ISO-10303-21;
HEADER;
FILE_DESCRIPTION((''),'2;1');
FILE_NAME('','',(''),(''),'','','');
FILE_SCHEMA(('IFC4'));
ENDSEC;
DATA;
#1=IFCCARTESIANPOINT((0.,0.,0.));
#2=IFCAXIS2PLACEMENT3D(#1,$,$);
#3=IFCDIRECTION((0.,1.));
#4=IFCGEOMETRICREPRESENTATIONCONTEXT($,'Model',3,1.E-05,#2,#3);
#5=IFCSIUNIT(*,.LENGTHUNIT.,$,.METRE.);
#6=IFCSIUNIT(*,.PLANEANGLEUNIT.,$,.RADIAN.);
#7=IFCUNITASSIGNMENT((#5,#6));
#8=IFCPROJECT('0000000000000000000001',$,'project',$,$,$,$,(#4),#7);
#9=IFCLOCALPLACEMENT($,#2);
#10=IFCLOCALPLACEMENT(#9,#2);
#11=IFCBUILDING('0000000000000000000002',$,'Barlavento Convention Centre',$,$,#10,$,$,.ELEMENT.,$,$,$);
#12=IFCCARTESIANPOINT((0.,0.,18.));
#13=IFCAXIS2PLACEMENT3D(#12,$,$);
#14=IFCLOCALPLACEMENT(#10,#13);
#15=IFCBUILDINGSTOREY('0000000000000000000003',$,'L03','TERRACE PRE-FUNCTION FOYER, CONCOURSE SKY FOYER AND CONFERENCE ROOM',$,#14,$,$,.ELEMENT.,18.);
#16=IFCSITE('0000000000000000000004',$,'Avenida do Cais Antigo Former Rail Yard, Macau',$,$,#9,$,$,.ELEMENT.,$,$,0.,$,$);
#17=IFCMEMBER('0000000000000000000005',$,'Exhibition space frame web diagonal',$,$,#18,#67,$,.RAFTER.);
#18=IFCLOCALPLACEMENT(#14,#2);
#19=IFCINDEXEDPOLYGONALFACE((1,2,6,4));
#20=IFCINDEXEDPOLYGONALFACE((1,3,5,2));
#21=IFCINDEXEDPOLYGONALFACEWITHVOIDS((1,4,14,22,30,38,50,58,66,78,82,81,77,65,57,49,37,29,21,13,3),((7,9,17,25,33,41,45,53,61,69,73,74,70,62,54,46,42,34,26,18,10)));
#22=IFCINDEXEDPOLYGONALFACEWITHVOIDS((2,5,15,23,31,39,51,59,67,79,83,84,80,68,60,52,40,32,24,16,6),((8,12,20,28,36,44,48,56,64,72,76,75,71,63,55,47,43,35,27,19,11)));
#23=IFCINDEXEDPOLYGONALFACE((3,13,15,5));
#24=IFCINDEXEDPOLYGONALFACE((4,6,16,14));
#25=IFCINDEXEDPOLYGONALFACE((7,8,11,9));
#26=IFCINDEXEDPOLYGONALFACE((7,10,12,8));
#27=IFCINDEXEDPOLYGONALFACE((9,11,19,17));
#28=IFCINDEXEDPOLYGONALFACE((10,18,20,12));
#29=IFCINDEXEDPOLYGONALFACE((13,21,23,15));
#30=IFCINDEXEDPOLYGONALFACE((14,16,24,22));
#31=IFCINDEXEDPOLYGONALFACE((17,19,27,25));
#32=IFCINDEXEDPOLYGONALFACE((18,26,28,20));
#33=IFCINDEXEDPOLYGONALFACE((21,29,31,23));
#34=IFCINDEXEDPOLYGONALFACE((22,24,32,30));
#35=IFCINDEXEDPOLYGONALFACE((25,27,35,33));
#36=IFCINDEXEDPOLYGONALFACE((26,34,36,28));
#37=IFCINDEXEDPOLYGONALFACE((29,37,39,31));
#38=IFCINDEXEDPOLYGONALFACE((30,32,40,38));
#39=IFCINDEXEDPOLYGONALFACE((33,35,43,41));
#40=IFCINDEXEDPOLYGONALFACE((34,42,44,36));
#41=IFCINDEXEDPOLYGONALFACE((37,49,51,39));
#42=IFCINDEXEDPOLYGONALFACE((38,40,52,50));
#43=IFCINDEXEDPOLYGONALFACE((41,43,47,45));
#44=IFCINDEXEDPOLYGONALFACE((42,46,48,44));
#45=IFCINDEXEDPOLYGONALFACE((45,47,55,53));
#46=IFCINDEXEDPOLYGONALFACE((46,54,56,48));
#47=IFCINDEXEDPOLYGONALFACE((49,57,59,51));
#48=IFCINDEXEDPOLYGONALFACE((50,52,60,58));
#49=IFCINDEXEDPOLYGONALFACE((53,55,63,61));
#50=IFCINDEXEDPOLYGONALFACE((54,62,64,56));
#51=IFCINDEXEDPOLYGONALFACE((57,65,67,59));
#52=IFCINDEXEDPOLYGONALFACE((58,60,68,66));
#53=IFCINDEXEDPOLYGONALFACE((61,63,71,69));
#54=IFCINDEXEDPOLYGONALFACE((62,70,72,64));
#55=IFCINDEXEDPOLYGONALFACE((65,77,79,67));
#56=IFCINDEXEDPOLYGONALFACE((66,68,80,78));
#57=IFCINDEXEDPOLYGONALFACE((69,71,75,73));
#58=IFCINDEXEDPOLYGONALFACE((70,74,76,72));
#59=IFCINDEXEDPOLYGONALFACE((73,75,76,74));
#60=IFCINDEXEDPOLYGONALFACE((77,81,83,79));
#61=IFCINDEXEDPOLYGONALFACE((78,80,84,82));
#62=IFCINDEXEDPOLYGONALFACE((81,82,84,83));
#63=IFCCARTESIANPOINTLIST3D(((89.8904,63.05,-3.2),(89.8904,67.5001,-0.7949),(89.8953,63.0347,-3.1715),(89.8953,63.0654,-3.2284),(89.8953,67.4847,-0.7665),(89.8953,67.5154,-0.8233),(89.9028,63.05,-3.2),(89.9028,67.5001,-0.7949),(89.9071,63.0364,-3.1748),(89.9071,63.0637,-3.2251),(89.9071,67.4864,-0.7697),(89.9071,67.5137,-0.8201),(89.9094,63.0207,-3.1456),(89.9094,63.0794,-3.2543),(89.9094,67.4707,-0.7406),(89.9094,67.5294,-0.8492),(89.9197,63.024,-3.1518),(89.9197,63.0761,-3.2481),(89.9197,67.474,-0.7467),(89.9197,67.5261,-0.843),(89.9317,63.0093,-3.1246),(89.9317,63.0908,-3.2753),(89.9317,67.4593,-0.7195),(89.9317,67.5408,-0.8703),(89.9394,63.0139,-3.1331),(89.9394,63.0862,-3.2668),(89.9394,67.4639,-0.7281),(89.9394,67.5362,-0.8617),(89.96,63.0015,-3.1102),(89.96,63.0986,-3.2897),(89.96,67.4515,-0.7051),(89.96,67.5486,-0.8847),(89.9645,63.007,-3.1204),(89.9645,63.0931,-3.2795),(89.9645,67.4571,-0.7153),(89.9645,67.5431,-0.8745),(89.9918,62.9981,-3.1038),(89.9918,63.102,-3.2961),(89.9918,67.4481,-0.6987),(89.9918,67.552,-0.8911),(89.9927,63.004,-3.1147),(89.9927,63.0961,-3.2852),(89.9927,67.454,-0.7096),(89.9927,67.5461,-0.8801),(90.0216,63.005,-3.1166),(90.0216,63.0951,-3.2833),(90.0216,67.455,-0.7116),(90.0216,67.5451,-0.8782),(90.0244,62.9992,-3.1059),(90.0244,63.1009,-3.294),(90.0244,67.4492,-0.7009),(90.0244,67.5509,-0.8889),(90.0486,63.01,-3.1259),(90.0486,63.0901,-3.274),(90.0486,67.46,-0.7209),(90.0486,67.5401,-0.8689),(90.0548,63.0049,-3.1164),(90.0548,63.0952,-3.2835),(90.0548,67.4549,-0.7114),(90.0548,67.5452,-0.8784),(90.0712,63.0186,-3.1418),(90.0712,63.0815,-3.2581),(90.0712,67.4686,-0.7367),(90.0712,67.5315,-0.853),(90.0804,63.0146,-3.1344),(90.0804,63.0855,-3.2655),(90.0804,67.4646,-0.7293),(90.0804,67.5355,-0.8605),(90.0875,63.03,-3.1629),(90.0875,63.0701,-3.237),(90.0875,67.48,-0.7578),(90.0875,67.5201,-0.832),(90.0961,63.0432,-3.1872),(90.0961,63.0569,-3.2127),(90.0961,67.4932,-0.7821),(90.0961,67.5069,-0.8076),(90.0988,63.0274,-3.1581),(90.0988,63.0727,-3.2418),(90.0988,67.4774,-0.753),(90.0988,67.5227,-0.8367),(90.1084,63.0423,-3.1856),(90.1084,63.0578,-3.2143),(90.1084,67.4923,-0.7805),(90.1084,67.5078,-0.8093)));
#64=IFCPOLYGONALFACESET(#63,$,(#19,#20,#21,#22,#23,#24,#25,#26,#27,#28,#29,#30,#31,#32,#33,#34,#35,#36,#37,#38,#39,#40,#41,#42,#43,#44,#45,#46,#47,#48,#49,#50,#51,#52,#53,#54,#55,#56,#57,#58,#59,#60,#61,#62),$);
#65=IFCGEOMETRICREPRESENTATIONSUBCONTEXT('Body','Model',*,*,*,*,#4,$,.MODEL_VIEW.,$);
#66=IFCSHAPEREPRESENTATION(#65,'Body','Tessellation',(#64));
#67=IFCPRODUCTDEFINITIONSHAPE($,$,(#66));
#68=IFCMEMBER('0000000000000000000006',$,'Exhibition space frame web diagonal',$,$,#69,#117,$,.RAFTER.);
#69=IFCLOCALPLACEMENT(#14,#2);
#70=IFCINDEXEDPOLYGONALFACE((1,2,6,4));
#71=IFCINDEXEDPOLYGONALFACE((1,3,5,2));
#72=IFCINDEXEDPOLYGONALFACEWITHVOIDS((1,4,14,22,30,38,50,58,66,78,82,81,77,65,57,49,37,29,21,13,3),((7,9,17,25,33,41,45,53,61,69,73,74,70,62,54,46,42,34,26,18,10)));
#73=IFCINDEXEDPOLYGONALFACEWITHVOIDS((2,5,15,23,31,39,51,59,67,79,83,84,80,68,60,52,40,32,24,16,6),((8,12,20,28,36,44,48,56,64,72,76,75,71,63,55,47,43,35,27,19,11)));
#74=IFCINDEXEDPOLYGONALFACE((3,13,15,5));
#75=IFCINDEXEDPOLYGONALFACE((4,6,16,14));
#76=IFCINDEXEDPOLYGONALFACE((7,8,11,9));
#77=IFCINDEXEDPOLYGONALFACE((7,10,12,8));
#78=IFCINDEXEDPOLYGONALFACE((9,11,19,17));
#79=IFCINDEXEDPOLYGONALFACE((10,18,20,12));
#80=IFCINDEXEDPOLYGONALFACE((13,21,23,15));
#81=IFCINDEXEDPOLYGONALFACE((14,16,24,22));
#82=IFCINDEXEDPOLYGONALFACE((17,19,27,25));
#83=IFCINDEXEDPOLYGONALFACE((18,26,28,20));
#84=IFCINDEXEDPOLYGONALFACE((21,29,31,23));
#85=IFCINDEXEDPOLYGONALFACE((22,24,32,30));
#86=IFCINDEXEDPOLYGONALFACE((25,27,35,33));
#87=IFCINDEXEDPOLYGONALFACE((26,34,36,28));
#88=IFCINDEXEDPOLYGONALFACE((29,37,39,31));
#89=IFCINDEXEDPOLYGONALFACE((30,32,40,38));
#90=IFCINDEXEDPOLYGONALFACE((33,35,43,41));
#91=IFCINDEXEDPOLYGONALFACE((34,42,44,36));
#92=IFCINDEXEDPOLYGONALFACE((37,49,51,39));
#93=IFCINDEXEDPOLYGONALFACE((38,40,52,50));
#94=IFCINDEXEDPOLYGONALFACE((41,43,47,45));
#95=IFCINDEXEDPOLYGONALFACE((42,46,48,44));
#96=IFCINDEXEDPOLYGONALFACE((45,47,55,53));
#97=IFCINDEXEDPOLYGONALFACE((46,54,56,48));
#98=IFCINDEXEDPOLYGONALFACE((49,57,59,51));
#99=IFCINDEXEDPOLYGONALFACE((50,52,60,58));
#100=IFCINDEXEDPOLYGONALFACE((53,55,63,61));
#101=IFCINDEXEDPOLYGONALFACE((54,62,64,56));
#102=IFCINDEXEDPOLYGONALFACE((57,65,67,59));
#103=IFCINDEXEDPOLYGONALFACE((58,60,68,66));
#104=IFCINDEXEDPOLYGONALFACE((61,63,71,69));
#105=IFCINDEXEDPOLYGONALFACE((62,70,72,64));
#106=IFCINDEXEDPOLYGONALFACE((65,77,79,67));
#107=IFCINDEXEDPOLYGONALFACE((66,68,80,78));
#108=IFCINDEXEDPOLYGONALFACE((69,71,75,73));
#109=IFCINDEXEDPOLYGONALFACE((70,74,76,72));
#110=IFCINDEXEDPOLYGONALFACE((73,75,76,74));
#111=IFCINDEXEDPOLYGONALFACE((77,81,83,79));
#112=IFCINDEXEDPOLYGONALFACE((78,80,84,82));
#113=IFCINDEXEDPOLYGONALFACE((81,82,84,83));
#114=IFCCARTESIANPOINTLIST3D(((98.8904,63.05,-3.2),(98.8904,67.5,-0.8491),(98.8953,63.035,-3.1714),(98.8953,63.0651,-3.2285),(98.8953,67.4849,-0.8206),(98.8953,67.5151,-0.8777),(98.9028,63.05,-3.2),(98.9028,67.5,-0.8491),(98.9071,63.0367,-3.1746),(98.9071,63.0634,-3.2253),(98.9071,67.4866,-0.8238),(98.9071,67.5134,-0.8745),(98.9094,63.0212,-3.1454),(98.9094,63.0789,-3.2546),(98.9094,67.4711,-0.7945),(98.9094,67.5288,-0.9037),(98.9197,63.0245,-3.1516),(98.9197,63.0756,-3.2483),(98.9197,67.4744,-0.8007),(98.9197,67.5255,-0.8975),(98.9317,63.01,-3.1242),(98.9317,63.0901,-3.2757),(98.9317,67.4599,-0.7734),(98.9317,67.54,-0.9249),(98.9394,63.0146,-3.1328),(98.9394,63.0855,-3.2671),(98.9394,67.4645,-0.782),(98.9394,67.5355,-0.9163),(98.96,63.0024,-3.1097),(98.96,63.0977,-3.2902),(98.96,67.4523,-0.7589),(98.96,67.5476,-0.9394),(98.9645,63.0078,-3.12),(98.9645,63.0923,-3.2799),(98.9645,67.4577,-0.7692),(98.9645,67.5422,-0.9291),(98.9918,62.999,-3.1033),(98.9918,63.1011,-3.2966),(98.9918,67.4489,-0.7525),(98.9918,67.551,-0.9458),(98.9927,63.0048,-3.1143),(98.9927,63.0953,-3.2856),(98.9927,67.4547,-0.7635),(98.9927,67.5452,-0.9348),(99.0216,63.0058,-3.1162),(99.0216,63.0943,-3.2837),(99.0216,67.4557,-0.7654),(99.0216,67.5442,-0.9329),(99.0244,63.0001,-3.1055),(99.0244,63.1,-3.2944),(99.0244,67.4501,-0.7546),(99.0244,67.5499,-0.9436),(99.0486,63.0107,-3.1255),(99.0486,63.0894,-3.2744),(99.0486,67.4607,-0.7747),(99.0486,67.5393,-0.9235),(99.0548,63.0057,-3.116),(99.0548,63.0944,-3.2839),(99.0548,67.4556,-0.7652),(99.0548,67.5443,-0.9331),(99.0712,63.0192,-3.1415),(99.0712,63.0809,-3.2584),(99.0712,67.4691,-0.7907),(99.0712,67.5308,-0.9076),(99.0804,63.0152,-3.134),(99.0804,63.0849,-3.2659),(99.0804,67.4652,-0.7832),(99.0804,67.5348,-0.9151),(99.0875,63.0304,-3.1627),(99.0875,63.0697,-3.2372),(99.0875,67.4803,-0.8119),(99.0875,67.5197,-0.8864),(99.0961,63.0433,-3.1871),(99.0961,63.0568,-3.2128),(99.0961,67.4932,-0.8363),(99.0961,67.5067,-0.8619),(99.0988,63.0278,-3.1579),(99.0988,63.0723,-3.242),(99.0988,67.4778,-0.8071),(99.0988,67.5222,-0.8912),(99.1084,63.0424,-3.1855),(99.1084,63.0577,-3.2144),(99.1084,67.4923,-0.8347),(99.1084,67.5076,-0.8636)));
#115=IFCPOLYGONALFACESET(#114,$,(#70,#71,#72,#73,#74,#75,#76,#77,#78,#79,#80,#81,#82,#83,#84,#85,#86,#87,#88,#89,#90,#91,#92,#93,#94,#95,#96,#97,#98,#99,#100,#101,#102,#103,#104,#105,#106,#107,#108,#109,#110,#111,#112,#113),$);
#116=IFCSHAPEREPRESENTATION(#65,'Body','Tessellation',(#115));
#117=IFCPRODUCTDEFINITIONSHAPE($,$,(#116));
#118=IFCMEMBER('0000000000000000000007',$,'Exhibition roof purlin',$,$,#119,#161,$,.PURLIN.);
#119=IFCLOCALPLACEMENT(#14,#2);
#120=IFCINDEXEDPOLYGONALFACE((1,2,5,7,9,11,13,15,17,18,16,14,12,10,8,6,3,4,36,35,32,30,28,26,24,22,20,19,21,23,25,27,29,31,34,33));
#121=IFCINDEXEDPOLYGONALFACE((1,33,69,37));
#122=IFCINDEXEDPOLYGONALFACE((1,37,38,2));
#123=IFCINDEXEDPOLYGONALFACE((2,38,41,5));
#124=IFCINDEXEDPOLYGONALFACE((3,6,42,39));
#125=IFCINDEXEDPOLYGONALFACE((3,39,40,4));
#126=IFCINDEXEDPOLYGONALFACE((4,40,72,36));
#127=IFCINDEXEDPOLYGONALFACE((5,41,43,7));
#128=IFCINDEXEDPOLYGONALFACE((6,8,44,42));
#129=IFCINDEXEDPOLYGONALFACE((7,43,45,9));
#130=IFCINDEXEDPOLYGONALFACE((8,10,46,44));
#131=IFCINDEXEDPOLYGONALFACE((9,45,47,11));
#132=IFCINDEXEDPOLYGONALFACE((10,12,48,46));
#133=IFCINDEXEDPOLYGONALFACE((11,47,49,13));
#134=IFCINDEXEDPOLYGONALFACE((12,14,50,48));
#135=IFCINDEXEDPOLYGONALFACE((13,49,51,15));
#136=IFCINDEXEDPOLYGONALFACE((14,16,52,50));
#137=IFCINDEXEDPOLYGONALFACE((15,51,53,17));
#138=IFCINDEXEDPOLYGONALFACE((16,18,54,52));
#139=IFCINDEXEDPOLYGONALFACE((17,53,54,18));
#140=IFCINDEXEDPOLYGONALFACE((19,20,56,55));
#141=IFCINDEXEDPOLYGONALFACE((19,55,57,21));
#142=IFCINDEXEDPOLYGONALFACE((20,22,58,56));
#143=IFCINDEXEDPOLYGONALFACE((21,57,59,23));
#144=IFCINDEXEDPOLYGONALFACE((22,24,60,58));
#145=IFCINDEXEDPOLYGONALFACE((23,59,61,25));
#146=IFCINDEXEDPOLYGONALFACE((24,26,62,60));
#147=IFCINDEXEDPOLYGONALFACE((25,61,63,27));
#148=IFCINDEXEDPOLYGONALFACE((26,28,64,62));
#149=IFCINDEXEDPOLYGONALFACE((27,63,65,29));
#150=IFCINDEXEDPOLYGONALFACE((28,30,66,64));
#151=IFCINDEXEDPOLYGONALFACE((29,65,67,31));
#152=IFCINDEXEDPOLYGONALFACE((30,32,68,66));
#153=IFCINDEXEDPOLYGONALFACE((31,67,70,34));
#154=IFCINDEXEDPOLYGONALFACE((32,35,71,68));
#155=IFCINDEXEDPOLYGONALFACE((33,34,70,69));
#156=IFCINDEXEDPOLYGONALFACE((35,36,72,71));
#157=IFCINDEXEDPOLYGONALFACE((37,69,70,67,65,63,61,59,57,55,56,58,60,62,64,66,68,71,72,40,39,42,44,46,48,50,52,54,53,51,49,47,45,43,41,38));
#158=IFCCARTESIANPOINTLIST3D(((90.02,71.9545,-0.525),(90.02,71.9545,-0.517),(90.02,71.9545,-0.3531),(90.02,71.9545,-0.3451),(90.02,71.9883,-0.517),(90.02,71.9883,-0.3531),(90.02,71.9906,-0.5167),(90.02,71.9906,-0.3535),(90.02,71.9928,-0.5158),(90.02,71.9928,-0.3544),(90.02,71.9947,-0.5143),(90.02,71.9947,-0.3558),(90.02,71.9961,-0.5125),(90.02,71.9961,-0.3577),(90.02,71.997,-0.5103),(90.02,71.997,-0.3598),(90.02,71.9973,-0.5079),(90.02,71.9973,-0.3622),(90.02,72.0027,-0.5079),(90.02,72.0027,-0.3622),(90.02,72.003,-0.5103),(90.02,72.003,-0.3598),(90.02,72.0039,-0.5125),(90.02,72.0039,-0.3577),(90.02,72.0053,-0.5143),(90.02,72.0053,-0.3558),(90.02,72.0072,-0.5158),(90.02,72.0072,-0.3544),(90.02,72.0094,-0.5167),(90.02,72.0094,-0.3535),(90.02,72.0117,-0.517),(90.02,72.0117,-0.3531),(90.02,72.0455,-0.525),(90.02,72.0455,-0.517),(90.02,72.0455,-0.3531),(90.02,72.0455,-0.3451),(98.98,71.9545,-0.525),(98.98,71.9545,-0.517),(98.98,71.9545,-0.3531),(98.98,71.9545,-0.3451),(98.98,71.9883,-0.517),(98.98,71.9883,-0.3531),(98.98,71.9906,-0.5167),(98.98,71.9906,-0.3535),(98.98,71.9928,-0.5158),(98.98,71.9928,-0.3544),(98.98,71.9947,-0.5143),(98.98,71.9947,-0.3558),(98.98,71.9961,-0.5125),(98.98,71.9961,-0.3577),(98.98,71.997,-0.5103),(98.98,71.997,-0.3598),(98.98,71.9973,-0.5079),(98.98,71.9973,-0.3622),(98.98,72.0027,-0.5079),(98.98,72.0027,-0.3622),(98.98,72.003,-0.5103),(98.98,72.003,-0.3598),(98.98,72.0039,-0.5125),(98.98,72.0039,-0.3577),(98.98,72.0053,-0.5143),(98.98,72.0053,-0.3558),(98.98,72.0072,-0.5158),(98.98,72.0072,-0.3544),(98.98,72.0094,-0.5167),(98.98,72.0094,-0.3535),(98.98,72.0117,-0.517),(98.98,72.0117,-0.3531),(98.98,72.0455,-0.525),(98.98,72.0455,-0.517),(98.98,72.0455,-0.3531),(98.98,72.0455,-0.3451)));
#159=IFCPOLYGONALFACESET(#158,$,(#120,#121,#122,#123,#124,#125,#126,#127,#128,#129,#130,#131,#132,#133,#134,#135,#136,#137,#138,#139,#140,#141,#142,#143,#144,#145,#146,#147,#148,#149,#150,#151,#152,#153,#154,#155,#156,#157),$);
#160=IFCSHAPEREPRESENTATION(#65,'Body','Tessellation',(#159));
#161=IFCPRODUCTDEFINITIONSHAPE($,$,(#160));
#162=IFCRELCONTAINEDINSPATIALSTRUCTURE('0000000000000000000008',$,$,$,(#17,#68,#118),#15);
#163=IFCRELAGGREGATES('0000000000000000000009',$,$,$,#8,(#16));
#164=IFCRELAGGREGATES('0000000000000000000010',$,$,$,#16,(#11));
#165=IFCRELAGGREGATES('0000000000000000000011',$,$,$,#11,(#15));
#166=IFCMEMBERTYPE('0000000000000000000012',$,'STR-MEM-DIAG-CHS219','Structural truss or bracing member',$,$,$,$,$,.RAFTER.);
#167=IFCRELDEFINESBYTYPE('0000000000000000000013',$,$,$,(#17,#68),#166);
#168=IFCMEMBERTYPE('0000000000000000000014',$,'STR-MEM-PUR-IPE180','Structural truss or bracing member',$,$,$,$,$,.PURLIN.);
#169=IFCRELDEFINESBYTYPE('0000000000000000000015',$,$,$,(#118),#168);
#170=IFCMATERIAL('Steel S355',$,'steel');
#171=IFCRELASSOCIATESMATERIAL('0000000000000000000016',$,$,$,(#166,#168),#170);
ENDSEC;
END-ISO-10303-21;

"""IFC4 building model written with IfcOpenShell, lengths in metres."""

from ifc_helpers import new_model, si_unit, direction, frame, origin, origin_2d, place, context, subcontext, project, spatial, hollow_circle, i_section, extrude, material, material_profile, profile_set, type_object, element, save


model = new_model("IFC4")

# Units and contexts
model_context = context("Model", 3, precision=1e-05, world=origin(), true_north=direction((0.0, 1.0)))
body_context = subcontext(model_context, "Body", "Model", "MODEL_VIEW")
ifc_project = project(units=[si_unit("LENGTHUNIT", "METRE"), si_unit("PLANEANGLEUNIT", "RADIAN")], contexts=[model_context])

# Site, building, storey
site_placement = place(None, origin())
site = spatial("IfcSite", under=ifc_project, at=site_placement, Name="Avenida do Cais Antigo Former Rail Yard, Macau", CompositionType="ELEMENT", RefElevation=0.0)
building_placement = place(site_placement, origin())
building = spatial("IfcBuilding", under=site, at=building_placement, Name="Barlavento Convention Centre", CompositionType="ELEMENT")
storey_placement = place(building_placement, frame((0.0, 0.0, 18.0)))
storey = spatial("IfcBuildingStorey", under=building, at=storey_placement, Name="L03", Description="TERRACE PRE-FUNCTION FOYER, CONCOURSE SKY FOYER AND CONFERENCE ROOM", CompositionType="ELEMENT", Elevation=18.0)

# Shared definitions
ifc_material_1 = material(Name="Steel S355", Category="steel")

# Members
ifc_material_profile_1 = material_profile(ifc_material_1, hollow_circle(Radius=0.1096, WallThickness=0.0125, at=origin_2d()), Name="CHS 219.1x12.5")
ifc_profile_set_1 = profile_set([ifc_material_profile_1], Name="Steel S355")
member_type_1 = type_object("IfcMemberType", Name="STR-MEM-DIAG-CHS219", Description="Structural truss or bracing member", PredefinedType="RAFTER", material=ifc_profile_set_1)
member_1_placement = place(storey_placement, frame((90.0, 63.05, -3.2), z_axis=(0.0, 0.879735, 0.475464), x_axis=(-1.0, 0.0, 0.0)))
element("IfcMember", 1, at=member_1_placement, inside=storey, type_object=member_type_1, Name="Exhibition space frame web diagonal", PredefinedType="RAFTER", context=body_context, shape_type="SweptSolid", body=[
    extrude(hollow_circle(Radius=0.1096, WallThickness=0.0125, at=origin_2d()), origin(), (0.0, 0.0, 1.0), 5.0583),
])
member_2_placement = place(storey_placement, frame((99.0, 63.05, -3.2), z_axis=(0.0, 0.884201, 0.467107), x_axis=(-1.0, 0.0, 0.0)))
element("IfcMember", 2, at=member_2_placement, inside=storey, type_object=member_type_1, Name="Exhibition space frame web diagonal", PredefinedType="RAFTER", context=body_context, shape_type="SweptSolid", body=[
    extrude(hollow_circle(Radius=0.1096, WallThickness=0.0125, at=origin_2d()), origin(), (0.0, 0.0, 1.0), 5.0327),
])
ifc_material_profile_2 = material_profile(ifc_material_1, i_section(OverallWidth=0.0911, OverallDepth=0.1799, WebThickness=0.0054, FlangeThickness=0.0081, FilletRadius=0.009, at=origin_2d()), Name="IPE 180")
ifc_profile_set_2 = profile_set([ifc_material_profile_2], Name="Steel S355")
member_type_2 = type_object("IfcMemberType", Name="STR-MEM-PUR-IPE180", Description="Structural truss or bracing member", PredefinedType="PURLIN", material=ifc_profile_set_2)
member_3_placement = place(storey_placement, frame((90.02, 72.0, -0.4351), z_axis=(1.0, 0.0, 0.0), x_axis=(0.0, 1.0, 0.0)))
element("IfcMember", 3, at=member_3_placement, inside=storey, type_object=member_type_2, Name="Exhibition roof purlin", PredefinedType="PURLIN", context=body_context, shape_type="SweptSolid", body=[
    extrude(i_section(OverallWidth=0.0911, OverallDepth=0.1799, WebThickness=0.0054, FlangeThickness=0.0081, FilletRadius=0.009, at=origin_2d()), origin(), (0.0, 0.0, 1.0), 8.96),
])

save(model, "model.ifc")
